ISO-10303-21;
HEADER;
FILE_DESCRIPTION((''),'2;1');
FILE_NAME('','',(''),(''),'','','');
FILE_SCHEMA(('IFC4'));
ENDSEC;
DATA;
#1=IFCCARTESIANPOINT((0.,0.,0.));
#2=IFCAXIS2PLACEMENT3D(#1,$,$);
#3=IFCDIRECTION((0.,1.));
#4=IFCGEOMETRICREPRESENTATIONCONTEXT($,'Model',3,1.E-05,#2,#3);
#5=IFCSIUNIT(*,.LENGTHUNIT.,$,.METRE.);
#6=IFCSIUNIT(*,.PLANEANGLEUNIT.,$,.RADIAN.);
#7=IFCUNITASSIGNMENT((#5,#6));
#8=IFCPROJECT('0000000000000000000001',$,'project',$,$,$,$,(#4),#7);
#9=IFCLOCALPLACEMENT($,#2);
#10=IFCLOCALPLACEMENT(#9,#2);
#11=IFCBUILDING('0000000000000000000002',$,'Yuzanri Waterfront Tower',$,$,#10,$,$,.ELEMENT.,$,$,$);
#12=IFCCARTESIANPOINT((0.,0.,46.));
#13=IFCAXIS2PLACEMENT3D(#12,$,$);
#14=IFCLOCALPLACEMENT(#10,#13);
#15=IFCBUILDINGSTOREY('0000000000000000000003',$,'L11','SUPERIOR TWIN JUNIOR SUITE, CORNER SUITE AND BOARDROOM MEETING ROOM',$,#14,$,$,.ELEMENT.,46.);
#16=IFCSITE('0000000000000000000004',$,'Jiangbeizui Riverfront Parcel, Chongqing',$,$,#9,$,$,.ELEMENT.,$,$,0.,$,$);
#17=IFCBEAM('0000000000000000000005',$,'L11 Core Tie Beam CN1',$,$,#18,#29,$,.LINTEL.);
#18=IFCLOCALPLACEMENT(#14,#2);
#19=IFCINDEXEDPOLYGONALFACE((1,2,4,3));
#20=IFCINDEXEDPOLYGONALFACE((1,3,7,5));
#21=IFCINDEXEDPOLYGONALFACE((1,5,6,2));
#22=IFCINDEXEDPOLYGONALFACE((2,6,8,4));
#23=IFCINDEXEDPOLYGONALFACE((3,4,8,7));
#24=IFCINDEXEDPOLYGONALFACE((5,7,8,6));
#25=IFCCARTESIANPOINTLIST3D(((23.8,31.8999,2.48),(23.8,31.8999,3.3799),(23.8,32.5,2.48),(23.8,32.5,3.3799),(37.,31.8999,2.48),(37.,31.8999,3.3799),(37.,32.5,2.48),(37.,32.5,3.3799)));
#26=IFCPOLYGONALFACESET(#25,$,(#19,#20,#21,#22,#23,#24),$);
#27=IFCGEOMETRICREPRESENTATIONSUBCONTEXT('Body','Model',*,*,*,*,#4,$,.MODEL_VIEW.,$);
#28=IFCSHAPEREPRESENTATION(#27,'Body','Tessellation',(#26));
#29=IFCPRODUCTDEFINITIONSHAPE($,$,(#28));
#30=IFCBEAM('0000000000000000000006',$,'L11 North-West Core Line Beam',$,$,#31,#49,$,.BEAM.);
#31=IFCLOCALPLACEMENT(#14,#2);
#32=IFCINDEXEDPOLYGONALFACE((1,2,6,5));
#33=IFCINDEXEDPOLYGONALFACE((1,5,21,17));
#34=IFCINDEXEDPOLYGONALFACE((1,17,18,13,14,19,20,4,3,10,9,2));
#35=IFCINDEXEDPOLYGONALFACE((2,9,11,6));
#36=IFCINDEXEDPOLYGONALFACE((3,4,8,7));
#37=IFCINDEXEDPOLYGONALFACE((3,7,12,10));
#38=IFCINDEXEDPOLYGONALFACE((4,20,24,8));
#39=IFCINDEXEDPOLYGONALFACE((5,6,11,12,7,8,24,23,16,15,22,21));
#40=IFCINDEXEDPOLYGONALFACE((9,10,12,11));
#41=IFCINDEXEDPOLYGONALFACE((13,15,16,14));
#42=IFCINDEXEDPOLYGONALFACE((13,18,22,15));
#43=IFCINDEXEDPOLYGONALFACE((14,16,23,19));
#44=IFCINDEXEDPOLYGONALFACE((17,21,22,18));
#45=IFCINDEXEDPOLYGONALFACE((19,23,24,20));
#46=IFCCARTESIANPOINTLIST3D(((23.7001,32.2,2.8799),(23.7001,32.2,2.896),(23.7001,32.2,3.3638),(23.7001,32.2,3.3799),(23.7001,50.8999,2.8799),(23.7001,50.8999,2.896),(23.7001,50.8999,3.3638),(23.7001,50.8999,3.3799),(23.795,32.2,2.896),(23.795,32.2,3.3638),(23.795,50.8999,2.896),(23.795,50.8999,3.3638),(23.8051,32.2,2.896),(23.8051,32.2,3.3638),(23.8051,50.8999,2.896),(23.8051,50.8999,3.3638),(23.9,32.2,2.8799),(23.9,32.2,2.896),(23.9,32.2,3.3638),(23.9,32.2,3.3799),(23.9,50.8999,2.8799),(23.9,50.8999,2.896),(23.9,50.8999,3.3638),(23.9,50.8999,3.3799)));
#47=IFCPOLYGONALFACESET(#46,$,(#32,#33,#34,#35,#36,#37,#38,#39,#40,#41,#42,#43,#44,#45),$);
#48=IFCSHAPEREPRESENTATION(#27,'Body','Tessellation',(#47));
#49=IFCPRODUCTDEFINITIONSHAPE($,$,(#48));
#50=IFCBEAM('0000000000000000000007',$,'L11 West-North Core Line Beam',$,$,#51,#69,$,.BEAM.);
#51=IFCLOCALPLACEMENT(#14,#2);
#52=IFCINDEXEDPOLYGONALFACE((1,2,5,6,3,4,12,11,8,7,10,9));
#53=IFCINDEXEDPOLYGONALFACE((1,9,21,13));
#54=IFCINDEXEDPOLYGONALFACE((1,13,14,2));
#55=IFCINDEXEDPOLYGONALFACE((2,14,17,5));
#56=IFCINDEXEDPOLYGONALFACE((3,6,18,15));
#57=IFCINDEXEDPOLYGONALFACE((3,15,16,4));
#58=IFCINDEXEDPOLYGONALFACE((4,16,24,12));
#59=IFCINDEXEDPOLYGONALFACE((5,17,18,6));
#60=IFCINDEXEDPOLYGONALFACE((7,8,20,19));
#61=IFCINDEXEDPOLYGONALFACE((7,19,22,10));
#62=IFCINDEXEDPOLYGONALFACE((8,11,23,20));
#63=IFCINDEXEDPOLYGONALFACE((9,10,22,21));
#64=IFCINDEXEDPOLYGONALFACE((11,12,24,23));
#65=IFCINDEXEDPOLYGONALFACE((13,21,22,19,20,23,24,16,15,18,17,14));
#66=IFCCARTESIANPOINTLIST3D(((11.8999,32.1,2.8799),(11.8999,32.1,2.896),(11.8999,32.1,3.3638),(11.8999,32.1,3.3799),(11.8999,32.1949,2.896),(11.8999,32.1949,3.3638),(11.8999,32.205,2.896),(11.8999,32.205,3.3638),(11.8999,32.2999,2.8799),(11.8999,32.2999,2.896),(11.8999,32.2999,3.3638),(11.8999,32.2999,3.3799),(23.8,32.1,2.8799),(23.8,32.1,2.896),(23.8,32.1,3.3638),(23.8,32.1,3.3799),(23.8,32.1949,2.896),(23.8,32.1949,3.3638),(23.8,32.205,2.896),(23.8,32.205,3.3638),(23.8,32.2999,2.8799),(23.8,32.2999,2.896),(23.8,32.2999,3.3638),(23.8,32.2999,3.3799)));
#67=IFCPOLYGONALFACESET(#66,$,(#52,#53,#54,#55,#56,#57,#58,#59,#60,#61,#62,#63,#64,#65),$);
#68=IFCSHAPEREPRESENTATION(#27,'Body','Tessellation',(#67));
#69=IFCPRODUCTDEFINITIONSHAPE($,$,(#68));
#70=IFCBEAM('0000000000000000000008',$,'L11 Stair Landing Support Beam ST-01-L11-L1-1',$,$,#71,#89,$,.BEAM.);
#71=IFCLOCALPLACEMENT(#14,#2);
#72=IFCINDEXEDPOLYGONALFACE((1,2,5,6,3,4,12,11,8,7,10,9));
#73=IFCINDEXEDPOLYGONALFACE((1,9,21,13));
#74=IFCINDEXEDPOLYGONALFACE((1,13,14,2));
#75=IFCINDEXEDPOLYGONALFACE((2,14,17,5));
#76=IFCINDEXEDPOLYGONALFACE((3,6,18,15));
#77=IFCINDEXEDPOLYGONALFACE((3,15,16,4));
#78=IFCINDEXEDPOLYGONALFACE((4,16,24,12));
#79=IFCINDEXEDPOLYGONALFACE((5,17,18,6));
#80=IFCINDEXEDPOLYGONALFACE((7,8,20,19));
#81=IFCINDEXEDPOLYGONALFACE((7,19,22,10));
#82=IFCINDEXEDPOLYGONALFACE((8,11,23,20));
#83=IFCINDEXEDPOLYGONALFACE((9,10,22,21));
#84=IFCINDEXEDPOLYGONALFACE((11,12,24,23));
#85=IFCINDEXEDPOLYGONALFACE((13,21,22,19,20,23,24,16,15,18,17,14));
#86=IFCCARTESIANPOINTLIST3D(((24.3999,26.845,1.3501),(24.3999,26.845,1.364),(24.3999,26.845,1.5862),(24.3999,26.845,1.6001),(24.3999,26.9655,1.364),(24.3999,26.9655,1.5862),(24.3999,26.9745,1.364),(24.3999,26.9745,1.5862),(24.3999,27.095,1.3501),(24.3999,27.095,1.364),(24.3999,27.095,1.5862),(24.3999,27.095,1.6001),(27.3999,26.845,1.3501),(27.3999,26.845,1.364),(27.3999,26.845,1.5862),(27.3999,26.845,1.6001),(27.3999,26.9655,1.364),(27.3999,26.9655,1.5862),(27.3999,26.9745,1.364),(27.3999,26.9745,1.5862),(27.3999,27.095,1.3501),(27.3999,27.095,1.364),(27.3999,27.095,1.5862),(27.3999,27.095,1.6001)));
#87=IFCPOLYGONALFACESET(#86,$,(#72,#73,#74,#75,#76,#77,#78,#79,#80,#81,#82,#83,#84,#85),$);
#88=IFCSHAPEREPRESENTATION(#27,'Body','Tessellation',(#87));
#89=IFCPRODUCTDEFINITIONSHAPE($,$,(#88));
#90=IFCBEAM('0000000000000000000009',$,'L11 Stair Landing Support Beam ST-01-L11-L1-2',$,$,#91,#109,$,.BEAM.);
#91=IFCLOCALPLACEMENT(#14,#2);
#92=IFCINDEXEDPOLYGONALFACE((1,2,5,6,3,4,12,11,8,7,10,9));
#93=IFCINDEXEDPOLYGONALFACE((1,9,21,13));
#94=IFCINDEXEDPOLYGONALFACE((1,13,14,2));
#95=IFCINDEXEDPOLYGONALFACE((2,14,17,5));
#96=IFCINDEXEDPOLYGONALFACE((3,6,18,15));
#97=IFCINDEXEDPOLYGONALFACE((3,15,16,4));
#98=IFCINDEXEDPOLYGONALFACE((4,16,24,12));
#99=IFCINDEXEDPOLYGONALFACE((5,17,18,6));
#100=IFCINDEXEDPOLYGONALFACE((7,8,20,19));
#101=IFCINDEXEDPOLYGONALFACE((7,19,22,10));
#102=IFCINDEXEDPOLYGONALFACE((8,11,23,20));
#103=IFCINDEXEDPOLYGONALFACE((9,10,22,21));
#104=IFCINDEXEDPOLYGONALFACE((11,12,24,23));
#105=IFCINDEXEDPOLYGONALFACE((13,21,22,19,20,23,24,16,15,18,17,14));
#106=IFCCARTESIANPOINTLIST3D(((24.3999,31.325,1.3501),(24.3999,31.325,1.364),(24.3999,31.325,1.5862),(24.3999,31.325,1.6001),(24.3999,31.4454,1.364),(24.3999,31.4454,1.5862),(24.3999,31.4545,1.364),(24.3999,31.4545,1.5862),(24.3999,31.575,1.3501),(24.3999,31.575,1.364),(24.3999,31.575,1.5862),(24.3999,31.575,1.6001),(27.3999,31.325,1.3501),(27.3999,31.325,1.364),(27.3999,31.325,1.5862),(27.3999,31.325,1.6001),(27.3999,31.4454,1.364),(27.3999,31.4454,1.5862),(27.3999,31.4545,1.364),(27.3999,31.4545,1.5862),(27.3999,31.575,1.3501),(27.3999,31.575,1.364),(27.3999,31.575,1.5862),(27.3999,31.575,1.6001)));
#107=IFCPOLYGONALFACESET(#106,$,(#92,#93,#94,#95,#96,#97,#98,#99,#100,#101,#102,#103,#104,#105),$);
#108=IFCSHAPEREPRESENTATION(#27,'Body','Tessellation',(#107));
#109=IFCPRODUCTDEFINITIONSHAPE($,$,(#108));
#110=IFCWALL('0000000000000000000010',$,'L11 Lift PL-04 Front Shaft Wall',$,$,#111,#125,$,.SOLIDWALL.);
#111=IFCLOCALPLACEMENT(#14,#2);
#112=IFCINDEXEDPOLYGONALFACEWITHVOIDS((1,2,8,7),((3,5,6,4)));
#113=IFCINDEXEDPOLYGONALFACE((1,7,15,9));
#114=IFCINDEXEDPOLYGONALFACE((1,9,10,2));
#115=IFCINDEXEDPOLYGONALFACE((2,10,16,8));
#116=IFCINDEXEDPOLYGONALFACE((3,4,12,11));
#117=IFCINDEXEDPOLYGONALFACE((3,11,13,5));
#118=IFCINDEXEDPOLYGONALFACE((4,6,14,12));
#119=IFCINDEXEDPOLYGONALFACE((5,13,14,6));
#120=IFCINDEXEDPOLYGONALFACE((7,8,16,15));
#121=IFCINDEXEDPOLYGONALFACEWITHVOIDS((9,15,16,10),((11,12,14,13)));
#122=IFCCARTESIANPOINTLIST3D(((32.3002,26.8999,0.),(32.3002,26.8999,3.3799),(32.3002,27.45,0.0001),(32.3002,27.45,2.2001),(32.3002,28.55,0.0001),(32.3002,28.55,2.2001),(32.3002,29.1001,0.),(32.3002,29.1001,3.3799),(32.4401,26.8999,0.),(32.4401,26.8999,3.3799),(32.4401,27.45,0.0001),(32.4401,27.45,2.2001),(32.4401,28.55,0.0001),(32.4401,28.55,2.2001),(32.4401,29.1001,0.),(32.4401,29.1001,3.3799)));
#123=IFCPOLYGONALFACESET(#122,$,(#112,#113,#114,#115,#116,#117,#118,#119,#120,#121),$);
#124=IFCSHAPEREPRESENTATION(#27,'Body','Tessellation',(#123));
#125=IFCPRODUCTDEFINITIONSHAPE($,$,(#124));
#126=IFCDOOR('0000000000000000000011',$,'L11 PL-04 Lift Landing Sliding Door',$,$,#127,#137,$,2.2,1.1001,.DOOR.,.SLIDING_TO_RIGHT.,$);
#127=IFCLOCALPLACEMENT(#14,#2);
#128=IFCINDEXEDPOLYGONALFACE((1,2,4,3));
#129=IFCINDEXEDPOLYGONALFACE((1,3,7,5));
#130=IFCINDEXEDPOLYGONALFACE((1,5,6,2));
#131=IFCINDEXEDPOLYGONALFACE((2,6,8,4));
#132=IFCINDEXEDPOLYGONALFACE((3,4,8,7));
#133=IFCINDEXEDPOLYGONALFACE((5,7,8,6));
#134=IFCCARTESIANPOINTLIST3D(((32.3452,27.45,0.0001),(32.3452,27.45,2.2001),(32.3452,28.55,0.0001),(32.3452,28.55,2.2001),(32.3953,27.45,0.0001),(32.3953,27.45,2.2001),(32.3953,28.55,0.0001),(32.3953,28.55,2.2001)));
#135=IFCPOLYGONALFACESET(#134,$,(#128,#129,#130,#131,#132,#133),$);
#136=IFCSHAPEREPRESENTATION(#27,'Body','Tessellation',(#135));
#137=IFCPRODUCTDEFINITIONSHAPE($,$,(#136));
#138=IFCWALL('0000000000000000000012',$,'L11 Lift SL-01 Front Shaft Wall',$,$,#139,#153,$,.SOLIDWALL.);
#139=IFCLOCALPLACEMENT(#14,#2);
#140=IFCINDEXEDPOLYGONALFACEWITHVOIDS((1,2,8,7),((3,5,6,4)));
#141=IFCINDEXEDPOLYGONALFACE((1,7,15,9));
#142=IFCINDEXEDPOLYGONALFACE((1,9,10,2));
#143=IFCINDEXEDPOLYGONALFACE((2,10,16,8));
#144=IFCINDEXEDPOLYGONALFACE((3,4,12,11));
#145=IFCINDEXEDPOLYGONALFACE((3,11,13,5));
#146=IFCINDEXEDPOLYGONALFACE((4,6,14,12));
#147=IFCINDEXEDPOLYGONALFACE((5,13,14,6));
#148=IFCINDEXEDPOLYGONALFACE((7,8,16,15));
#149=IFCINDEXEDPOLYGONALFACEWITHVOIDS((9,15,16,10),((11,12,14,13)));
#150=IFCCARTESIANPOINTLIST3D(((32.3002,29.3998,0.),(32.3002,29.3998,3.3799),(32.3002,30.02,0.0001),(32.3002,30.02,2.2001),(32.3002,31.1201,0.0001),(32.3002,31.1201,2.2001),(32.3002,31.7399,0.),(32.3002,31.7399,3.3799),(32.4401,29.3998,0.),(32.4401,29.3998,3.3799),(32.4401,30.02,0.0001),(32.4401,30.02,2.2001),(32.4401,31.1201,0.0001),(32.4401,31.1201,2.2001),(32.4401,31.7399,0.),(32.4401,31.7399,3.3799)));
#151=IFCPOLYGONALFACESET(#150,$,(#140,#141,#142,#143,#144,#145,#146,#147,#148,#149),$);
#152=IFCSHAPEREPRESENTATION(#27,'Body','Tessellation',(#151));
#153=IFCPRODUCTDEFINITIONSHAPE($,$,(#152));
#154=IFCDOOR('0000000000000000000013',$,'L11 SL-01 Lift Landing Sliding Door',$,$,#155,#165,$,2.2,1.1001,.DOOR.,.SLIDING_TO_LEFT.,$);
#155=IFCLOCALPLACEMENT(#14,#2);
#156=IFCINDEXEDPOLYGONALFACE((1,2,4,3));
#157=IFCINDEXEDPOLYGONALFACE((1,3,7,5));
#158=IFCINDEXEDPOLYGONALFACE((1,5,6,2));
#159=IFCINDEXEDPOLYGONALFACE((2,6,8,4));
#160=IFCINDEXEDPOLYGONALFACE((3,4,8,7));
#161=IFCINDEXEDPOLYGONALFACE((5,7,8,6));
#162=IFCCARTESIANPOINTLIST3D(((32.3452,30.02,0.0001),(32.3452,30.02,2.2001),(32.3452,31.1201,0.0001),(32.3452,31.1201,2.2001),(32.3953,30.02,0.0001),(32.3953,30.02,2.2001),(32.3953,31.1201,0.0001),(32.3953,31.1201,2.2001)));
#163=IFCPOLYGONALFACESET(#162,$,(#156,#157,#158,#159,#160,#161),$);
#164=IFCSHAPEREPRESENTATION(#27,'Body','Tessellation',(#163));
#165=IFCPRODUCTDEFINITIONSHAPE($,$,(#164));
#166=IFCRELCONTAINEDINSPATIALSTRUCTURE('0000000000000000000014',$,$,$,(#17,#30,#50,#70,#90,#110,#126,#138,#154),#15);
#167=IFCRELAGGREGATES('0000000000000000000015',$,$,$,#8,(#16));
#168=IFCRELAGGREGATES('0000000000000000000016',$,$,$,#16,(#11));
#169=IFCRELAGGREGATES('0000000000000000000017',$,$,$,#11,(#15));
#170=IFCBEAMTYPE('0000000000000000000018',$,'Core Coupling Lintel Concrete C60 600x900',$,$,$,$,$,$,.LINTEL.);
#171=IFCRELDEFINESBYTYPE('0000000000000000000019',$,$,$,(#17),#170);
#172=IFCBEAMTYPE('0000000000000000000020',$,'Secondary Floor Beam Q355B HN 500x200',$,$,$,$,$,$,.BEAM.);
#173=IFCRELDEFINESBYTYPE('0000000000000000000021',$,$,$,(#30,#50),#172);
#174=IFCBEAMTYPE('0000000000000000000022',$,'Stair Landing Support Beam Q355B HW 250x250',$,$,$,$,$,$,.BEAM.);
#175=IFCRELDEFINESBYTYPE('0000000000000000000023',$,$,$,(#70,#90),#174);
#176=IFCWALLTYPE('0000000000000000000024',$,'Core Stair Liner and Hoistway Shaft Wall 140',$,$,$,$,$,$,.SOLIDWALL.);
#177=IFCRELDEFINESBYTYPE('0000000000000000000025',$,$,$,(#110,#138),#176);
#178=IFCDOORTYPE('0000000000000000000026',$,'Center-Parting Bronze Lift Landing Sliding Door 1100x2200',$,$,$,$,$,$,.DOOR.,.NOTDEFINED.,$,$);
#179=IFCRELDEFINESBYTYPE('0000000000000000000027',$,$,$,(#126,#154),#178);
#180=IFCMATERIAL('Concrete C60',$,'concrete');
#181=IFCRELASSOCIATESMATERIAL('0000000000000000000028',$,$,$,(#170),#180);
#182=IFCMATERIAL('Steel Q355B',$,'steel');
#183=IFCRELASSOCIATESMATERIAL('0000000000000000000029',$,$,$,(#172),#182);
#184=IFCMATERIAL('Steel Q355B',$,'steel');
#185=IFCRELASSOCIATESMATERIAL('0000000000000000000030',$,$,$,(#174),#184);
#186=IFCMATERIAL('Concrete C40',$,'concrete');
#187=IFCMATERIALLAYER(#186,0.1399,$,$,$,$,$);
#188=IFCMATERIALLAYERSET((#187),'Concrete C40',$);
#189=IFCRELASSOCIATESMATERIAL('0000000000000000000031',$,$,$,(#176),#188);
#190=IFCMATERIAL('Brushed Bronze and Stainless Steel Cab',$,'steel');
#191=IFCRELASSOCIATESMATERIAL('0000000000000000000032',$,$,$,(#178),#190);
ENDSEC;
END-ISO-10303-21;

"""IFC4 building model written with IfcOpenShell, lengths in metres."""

from ifc_helpers import new_model, si_unit, direction, frame, frame_2d, origin, origin_2d, place, context, subcontext, project, spatial, rectangle, i_section, extrude, source, transform, mapped, material, layer, layer_set, material_profile, profile_set, type_object, element, fill, save


model = new_model("IFC4")

# Units and contexts
model_context = context("Model", 3, precision=1e-05, world=origin(), true_north=direction((0.0, 1.0)))
body_context = subcontext(model_context, "Body", "Model", "MODEL_VIEW")
ifc_project = project(units=[si_unit("LENGTHUNIT", "METRE"), si_unit("PLANEANGLEUNIT", "RADIAN")], contexts=[model_context])

# Site, building, storey
site_placement = place(None, origin())
site = spatial("IfcSite", under=ifc_project, at=site_placement, Name="Jiangbeizui Riverfront Parcel, Chongqing", CompositionType="ELEMENT", RefElevation=0.0)
building_placement = place(site_placement, origin())
building = spatial("IfcBuilding", under=site, at=building_placement, Name="Yuzanri Waterfront Tower", CompositionType="ELEMENT")
storey_placement = place(building_placement, frame((0.0, 0.0, 46.0)))
storey = spatial("IfcBuildingStorey", under=building, at=storey_placement, Name="L11", Description="SUPERIOR TWIN JUNIOR SUITE, CORNER SUITE AND BOARDROOM MEETING ROOM", CompositionType="ELEMENT", Elevation=46.0)

# Beams
ifc_material_1 = material(Name="Concrete C60", Category="concrete")
ifc_material_profile_1 = material_profile(ifc_material_1, rectangle(XDim=0.6001, YDim=0.8999, at=origin_2d()), Name="RC 600x900")
ifc_profile_set_1 = profile_set([ifc_material_profile_1], Name="Concrete C60")
beam_type_1 = type_object("IfcBeamType", Name="Core Coupling Lintel Concrete C60 600x900", PredefinedType="LINTEL", material=ifc_profile_set_1)
shared_shape_1 = source(origin(), body_context, "Body", "SweptSolid", [
    extrude(rectangle(XDim=0.6001, YDim=0.8999, at=origin_2d()), origin(), (0.0, 0.0, 1.0), 13.2),
])
beam_1_placement = place(storey_placement, frame((23.8, 32.2, 2.9299), z_axis=(1.0, 0.0, 0.0), x_axis=(0.0, 1.0, 0.0)))
element("IfcBeam", 1, at=beam_1_placement, inside=storey, type_object=beam_type_1, Name="L11 Core Tie Beam CN1", PredefinedType="LINTEL", context=body_context, shape_type="MappedRepresentation", body=[
    mapped(shared_shape_1, transform((0.0, 0.0, 0.0), scale=1.0)),
])
ifc_material_2 = material(Name="Steel Q355B", Category="steel")
ifc_material_profile_2 = material_profile(ifc_material_2, i_section(OverallWidth=0.2, OverallDepth=0.5, WebThickness=0.01, FlangeThickness=0.0161, at=origin_2d()), Name="HN 500x200x10x16")
ifc_profile_set_2 = profile_set([ifc_material_profile_2], Name="Steel Q355B")
beam_type_2 = type_object("IfcBeamType", Name="Secondary Floor Beam Q355B HN 500x200", PredefinedType="BEAM", material=ifc_profile_set_2)
shared_shape_2 = source(origin(), body_context, "Body", "SweptSolid", [
    extrude(i_section(OverallWidth=0.2, OverallDepth=0.5, WebThickness=0.01, FlangeThickness=0.0161, at=origin_2d()), origin(), (0.0, 0.0, 1.0), 18.7),
])
beam_2_placement = place(storey_placement, frame((23.8, 32.2, 3.1299), z_axis=(0.0, 1.0, 0.0), x_axis=(-1.0, 0.0, 0.0)))
element("IfcBeam", 2, at=beam_2_placement, inside=storey, type_object=beam_type_2, Name="L11 North-West Core Line Beam", PredefinedType="BEAM", context=body_context, shape_type="MappedRepresentation", body=[
    mapped(shared_shape_2, transform((0.0, 0.0, 0.0), scale=1.0)),
])
shared_shape_3 = source(origin(), body_context, "Body", "SweptSolid", [
    extrude(i_section(OverallWidth=0.2, OverallDepth=0.5, WebThickness=0.01, FlangeThickness=0.0161, at=origin_2d()), origin(), (0.0, 0.0, 1.0), 11.9001),
])
beam_3_placement = place(storey_placement, frame((23.8, 32.2, 3.1299), z_axis=(-1.0, 0.0, 0.0), x_axis=(0.0, -1.0, 0.0)))
element("IfcBeam", 3, at=beam_3_placement, inside=storey, type_object=beam_type_2, Name="L11 West-North Core Line Beam", PredefinedType="BEAM", context=body_context, shape_type="MappedRepresentation", body=[
    mapped(shared_shape_3, transform((0.0, 0.0, 0.0), scale=1.0)),
])
ifc_material_3 = material(Name="Steel Q355B", Category="steel")
ifc_material_profile_3 = material_profile(ifc_material_3, i_section(OverallWidth=0.25, OverallDepth=0.25, WebThickness=0.009, FlangeThickness=0.0139, at=origin_2d()), Name="HW 250x250x9x14")
ifc_profile_set_3 = profile_set([ifc_material_profile_3], Name="Steel Q355B")
beam_type_3 = type_object("IfcBeamType", Name="Stair Landing Support Beam Q355B HW 250x250", PredefinedType="BEAM", material=ifc_profile_set_3)
shared_shape_4 = source(origin(), body_context, "Body", "SweptSolid", [
    extrude(i_section(OverallWidth=0.25, OverallDepth=0.25, WebThickness=0.009, FlangeThickness=0.0139, at=origin_2d()), origin(), (0.0, 0.0, 1.0), 3.0),
])
for number, where, z_axis, x_axis, name in (
    (4, (24.3999, 26.97, 1.4751), (1.0, 0.0, 0.0), (0.0, 1.0, 0.0), "L11 Stair Landing Support Beam ST-01-L11-L1-1"),
    (5, (24.3999, 31.45, 1.4751), (1.0, 0.0, 0.0), (0.0, 1.0, 0.0), "L11 Stair Landing Support Beam ST-01-L11-L1-2"),
):
    element("IfcBeam", number, at=place(storey_placement, frame(where, z_axis=z_axis, x_axis=x_axis)), inside=storey, type_object=beam_type_3, Name=name, PredefinedType="BEAM", context=body_context, shape_type="MappedRepresentation", body=[
        mapped(shared_shape_4, transform((0.0, 0.0, 0.0), scale=1.0)),
    ])

# Walls, openings, doors
ifc_material_4 = material(Name="Concrete C40", Category="concrete")
ifc_layer_1 = layer(ifc_material_4, 0.1399)
ifc_layer_set_1 = layer_set([ifc_layer_1], Name="Concrete C40")
wall_type_1 = type_object("IfcWallType", Name="Core Stair Liner and Hoistway Shaft Wall 140", PredefinedType="SOLIDWALL", material=ifc_layer_set_1)
wall_1_placement = place(storey_placement, frame((32.3701, 26.8999, 0.0), z_axis=(0.0, 0.0, 1.0), x_axis=(0.0, 1.0, 0.0)))
wall_1 = element("IfcWall", 6, at=wall_1_placement, inside=storey, type_object=wall_type_1, Name="L11 Lift PL-04 Front Shaft Wall", PredefinedType="SOLIDWALL", context=body_context, shape_type="SweptSolid", body=[
    extrude(rectangle(XDim=2.2002, YDim=0.1399, at=frame_2d((1.1001, 0.0))), origin(), (0.0, 0.0, 1.0), 3.3799),
])
opening_1_placement = place(wall_1_placement, frame((0.55, 0.0, 0.0)))
opening_1 = element("IfcOpeningElement", 7, at=opening_1_placement, cuts=wall_1, PredefinedType="OPENING", context=body_context, shape_type="SweptSolid", body=[
    extrude(rectangle(XDim=1.1001, YDim=2.2, at=frame_2d((0.55, 1.1001))), frame((0.0, 0.085, 0.0), z_axis=(0.0, -1.0, 0.0), x_axis=(1.0, 0.0, 0.0)), (0.0, 0.0, 1.0), 0.1697),
])
ifc_material_5 = material(Name="Brushed Bronze and Stainless Steel Cab", Category="steel")
door_type_1 = type_object("IfcDoorType", Name="Center-Parting Bronze Lift Landing Sliding Door 1100x2200", OperationType="NOTDEFINED", PredefinedType="DOOR", material=ifc_material_5)
shared_shape_5 = source(origin(), body_context, "Body", "SweptSolid", [
    extrude(rectangle(XDim=1.1001, YDim=2.2, at=frame_2d((0.55, 1.1001))), frame((0.0, 0.0249, 0.0), z_axis=(0.0, -1.0, 0.0), x_axis=(1.0, 0.0, 0.0)), (0.0, 0.0, 1.0), 0.05),
])
door_1_placement = place(opening_1_placement, origin())
door_1 = element("IfcDoor", 8, at=door_1_placement, inside=storey, type_object=door_type_1, Name="L11 PL-04 Lift Landing Sliding Door", OperationType="SLIDING_TO_RIGHT", OverallHeight=2.2, OverallWidth=1.1001, PredefinedType="DOOR", context=body_context, shape_type="MappedRepresentation", body=[
    mapped(shared_shape_5, transform((0.0, 0.0, 0.0), scale=1.0)),
])
fill(opening_1, door_1)
wall_2_placement = place(storey_placement, frame((32.3701, 29.3999, 0.0), z_axis=(0.0, 0.0, 1.0), x_axis=(0.0, 1.0, 0.0)))
wall_2 = element("IfcWall", 9, at=wall_2_placement, inside=storey, type_object=wall_type_1, Name="L11 Lift SL-01 Front Shaft Wall", PredefinedType="SOLIDWALL", context=body_context, shape_type="SweptSolid", body=[
    extrude(rectangle(XDim=2.3401, YDim=0.1399, at=frame_2d((1.1699, 0.0))), origin(), (0.0, 0.0, 1.0), 3.3799),
])
opening_2_placement = place(wall_2_placement, frame((0.6201, 0.0, 0.0)))
opening_2 = element("IfcOpeningElement", 10, at=opening_2_placement, cuts=wall_2, PredefinedType="OPENING", context=body_context, shape_type="SweptSolid", body=[
    extrude(rectangle(XDim=1.1001, YDim=2.2, at=frame_2d((0.55, 1.1001))), frame((0.0, 0.085, 0.0), z_axis=(0.0, -1.0, 0.0), x_axis=(1.0, 0.0, 0.0)), (0.0, 0.0, 1.0), 0.1697),
])
door_2_placement = place(opening_2_placement, origin())
door_2 = element("IfcDoor", 11, at=door_2_placement, inside=storey, type_object=door_type_1, Name="L11 SL-01 Lift Landing Sliding Door", OperationType="SLIDING_TO_LEFT", OverallHeight=2.2, OverallWidth=1.1001, PredefinedType="DOOR", context=body_context, shape_type="MappedRepresentation", body=[
    mapped(shared_shape_5, transform((0.0, 0.0, 0.0), scale=1.0)),
])
fill(opening_2, door_2)

save(model, "model.ifc")
